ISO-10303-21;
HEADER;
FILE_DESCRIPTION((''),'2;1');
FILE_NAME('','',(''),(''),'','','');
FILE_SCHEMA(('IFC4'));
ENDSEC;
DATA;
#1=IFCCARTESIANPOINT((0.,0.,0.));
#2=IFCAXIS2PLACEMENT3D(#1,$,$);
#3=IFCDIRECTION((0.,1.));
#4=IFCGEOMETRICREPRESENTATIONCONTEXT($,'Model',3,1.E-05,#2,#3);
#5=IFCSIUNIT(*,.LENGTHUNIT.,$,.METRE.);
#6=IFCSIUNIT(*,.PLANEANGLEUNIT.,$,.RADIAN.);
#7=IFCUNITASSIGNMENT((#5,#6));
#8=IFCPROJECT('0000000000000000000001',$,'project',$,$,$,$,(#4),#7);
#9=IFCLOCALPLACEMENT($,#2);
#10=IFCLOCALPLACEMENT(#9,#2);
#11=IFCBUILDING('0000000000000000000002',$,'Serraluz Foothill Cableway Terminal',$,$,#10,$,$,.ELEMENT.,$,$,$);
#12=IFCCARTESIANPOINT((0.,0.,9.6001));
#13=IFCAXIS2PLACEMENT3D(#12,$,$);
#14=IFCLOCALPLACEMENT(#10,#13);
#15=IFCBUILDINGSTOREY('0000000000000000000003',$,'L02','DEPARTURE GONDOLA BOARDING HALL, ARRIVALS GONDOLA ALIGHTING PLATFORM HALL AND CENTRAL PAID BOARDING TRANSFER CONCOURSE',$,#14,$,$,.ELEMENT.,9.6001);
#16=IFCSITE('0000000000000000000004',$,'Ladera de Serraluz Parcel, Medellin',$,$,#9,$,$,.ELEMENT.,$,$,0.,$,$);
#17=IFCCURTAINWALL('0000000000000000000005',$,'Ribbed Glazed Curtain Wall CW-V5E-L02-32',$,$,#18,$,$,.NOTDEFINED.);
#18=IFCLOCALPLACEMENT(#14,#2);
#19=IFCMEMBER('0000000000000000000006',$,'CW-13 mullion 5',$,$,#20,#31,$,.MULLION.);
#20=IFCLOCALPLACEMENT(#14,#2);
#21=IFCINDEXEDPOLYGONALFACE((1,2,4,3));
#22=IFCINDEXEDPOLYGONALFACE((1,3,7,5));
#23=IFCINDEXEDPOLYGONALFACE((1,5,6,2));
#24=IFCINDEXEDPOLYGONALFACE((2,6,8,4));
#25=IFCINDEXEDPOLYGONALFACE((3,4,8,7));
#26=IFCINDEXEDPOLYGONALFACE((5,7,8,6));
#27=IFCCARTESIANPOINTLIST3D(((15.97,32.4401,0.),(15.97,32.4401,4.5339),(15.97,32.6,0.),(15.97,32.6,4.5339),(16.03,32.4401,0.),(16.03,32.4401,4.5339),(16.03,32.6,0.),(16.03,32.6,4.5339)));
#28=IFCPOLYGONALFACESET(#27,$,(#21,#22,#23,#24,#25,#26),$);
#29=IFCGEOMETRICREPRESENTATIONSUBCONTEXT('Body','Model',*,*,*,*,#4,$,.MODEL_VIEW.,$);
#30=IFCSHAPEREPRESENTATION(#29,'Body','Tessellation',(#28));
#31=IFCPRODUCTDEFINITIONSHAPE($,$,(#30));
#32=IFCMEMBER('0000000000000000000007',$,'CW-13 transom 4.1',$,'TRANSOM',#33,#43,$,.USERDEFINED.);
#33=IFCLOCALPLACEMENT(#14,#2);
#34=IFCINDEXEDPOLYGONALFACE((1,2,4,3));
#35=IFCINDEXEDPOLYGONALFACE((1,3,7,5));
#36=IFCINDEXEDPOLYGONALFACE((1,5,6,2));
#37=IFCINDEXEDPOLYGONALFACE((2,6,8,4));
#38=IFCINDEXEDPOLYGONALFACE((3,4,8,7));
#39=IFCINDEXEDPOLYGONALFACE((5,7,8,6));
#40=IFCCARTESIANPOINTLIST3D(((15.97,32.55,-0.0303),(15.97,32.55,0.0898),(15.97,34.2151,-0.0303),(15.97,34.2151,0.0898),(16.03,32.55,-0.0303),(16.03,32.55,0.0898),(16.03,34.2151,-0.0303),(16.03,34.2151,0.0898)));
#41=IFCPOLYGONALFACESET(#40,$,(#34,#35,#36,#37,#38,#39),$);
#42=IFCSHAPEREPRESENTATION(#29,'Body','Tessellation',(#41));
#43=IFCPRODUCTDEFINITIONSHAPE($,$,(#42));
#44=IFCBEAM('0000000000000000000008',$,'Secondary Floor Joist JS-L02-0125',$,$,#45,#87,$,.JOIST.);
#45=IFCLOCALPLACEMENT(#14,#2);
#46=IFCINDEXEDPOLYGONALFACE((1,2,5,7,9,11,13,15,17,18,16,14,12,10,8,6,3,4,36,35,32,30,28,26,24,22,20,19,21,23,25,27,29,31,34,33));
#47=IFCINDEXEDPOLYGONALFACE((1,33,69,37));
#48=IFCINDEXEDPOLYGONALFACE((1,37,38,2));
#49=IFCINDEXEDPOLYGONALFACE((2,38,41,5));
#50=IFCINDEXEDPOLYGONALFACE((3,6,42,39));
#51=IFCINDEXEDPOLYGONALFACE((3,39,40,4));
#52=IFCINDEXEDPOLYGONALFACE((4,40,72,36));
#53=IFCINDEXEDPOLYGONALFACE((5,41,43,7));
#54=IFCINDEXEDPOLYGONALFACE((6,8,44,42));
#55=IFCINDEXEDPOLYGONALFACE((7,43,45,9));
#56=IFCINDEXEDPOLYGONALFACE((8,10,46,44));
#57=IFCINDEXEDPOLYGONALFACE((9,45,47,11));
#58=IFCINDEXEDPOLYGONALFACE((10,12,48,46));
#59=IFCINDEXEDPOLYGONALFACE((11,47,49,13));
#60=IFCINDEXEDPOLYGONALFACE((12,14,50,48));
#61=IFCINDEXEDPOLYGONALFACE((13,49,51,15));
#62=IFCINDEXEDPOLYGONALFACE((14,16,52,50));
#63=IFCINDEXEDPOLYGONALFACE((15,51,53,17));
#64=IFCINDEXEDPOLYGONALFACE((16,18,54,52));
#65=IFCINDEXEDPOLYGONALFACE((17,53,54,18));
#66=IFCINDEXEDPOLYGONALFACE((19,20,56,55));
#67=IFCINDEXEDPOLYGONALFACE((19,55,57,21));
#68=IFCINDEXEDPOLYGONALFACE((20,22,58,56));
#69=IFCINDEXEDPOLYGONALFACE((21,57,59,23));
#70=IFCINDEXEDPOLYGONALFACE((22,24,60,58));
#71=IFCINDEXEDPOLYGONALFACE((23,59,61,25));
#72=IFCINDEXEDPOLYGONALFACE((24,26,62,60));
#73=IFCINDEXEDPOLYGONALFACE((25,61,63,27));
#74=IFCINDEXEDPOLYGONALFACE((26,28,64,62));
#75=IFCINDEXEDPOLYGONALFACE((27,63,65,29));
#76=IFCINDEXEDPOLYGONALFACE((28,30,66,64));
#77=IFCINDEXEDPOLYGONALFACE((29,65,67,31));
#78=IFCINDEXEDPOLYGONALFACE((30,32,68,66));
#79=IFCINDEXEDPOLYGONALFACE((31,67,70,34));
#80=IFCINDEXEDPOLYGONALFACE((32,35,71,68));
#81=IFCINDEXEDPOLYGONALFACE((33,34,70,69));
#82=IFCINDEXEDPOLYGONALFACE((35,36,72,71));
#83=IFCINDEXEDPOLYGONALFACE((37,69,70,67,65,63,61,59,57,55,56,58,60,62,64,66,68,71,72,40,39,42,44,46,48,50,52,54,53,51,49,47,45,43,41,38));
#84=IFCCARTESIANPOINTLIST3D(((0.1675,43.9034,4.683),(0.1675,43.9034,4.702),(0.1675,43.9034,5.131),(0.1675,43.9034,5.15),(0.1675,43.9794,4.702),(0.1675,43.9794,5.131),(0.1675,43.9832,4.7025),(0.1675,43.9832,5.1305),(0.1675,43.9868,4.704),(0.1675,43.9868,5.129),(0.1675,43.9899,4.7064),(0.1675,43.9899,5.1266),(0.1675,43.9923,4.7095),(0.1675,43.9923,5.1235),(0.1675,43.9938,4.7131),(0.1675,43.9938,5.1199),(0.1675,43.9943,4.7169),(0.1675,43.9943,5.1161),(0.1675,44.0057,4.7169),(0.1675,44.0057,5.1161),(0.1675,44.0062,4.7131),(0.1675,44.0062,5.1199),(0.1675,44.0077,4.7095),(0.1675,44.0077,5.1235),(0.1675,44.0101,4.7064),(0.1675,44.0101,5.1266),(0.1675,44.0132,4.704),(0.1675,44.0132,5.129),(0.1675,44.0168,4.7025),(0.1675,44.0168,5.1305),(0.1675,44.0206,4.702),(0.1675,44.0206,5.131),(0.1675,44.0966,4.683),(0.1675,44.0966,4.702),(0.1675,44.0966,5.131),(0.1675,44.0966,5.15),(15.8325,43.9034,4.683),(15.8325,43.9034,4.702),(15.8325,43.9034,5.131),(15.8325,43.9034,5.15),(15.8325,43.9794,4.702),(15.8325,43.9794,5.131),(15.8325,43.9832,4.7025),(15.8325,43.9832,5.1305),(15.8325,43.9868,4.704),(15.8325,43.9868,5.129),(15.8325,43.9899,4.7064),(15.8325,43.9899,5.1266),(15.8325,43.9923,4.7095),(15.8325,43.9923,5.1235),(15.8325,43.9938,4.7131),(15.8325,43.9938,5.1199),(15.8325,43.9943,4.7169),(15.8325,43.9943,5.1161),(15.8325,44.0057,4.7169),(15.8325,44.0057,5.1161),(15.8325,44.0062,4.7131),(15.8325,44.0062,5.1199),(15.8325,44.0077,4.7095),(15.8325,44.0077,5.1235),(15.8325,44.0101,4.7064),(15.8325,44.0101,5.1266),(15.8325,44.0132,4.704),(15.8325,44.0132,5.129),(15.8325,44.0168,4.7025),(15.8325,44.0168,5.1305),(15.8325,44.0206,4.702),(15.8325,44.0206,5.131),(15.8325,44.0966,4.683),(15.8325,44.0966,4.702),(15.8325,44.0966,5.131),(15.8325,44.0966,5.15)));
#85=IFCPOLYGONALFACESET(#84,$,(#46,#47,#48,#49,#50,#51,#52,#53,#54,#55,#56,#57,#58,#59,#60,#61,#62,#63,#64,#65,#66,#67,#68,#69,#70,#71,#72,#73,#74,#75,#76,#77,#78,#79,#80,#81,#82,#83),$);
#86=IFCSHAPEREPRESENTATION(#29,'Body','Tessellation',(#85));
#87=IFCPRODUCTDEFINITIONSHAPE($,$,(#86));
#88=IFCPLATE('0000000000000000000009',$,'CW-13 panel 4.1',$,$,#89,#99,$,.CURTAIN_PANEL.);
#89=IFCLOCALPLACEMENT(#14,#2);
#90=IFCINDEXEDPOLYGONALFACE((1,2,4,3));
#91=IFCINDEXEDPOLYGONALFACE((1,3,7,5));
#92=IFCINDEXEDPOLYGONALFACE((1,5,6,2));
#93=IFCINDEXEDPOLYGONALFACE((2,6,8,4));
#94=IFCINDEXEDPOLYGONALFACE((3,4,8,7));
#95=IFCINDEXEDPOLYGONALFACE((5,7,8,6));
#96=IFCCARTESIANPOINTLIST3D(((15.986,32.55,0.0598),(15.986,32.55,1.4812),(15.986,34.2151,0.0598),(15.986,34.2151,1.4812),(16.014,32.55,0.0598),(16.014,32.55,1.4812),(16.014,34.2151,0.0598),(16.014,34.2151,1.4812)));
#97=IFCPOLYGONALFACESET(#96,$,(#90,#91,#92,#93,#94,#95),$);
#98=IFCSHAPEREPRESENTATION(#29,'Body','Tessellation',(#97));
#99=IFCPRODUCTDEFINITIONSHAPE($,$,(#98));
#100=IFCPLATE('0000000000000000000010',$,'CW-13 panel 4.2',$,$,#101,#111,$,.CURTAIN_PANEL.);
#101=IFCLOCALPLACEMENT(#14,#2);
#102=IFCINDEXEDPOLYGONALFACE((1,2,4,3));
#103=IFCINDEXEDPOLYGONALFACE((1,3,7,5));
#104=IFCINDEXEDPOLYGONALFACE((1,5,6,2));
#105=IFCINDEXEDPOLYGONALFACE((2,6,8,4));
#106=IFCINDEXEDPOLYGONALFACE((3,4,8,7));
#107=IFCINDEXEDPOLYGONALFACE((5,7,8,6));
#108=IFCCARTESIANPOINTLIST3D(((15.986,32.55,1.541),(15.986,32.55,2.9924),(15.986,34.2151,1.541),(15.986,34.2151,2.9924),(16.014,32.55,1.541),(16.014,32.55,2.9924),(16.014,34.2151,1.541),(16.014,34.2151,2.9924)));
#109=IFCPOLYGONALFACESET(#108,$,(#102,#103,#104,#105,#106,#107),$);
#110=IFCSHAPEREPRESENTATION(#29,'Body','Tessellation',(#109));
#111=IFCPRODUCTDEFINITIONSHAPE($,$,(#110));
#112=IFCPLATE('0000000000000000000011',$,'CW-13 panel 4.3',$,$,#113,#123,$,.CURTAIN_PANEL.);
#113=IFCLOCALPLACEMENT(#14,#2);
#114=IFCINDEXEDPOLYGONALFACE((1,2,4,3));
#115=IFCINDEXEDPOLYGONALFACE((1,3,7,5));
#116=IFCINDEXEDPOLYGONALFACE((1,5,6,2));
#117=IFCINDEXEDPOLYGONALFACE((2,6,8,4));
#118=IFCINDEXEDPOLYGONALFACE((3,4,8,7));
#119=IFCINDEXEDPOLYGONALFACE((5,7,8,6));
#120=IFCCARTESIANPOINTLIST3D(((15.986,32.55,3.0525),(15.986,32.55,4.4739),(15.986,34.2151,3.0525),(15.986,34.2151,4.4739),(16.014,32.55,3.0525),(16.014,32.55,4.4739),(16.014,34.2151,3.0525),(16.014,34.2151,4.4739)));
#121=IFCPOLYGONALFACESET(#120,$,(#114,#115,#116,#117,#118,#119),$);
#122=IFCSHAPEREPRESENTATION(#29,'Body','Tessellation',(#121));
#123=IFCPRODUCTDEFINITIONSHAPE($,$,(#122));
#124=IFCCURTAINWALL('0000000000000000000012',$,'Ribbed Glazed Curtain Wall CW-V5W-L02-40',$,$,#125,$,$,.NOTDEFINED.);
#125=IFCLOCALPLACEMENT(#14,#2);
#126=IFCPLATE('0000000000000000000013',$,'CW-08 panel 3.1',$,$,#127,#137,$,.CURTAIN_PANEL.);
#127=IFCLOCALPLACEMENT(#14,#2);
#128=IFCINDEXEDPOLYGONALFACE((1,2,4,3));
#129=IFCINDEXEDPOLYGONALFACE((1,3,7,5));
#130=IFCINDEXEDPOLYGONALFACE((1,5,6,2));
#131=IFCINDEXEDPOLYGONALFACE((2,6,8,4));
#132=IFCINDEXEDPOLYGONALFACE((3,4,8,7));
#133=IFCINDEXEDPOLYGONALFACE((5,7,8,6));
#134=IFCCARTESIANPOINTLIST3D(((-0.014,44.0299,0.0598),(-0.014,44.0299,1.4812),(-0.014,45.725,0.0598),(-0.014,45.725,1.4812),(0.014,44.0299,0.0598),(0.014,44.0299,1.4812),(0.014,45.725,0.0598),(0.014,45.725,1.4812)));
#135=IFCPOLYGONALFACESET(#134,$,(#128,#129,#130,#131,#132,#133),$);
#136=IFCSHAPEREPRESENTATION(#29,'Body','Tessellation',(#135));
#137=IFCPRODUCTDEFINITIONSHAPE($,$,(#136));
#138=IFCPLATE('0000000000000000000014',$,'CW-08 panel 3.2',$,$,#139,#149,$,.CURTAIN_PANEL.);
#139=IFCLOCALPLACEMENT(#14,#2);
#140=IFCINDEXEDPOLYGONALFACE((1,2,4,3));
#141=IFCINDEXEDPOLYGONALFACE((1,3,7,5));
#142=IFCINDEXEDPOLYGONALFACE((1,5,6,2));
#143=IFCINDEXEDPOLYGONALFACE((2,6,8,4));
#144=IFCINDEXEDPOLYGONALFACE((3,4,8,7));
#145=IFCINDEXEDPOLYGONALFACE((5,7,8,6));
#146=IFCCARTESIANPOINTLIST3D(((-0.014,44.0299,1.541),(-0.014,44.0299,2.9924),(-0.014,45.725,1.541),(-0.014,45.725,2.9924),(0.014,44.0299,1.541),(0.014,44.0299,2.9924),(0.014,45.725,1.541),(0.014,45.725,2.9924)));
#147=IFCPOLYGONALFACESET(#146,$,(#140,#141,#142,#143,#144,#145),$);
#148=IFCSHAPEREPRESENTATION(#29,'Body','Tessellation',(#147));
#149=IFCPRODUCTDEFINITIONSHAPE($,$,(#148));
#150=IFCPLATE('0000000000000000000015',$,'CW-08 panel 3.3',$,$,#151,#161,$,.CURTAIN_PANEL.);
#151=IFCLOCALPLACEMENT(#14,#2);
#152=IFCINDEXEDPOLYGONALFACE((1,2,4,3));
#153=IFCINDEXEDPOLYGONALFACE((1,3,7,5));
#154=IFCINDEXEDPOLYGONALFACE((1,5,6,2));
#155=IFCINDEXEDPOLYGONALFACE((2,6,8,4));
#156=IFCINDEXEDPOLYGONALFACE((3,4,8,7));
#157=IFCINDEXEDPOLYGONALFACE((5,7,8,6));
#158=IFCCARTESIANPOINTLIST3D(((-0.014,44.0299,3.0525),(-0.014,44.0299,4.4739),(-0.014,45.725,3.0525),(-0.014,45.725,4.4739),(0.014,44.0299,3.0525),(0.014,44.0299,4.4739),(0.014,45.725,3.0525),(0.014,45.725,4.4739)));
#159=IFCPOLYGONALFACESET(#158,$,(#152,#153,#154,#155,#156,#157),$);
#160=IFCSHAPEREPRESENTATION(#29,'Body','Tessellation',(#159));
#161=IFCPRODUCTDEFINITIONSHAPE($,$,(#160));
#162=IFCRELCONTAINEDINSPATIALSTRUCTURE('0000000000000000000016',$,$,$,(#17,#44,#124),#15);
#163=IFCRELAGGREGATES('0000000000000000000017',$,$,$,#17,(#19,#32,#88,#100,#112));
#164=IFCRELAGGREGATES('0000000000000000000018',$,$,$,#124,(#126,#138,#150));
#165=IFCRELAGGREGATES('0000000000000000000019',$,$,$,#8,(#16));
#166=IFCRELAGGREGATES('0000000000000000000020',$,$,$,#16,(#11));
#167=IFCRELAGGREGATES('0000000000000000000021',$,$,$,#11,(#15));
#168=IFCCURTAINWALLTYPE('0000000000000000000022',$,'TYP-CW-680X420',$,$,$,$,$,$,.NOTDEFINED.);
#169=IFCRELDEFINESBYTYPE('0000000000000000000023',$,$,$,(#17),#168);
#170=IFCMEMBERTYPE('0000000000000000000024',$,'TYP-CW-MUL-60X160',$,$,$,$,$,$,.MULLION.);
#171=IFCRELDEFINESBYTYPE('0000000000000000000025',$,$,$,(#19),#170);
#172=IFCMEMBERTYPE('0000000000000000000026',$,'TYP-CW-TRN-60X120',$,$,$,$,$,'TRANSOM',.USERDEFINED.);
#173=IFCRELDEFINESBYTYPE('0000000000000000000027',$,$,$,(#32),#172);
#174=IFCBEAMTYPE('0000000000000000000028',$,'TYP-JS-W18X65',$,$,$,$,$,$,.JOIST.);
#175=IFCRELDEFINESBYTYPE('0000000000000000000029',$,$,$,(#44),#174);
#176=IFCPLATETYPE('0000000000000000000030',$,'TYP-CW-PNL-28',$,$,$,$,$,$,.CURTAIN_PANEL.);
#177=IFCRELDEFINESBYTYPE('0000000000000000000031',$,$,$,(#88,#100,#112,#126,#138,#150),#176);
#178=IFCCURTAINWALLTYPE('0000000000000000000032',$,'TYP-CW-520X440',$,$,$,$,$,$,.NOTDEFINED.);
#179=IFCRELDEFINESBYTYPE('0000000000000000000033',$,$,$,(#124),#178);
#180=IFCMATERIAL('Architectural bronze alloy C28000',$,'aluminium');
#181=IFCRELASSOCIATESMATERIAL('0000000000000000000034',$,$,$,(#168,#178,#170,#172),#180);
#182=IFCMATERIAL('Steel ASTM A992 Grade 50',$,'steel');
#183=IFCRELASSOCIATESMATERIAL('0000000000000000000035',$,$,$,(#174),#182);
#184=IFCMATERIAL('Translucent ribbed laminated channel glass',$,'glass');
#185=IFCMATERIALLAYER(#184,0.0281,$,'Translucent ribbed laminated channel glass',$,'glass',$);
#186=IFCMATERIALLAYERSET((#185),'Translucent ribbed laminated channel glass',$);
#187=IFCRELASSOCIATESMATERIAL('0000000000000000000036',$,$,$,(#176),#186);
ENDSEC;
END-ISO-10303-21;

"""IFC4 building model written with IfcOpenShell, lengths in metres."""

from ifc_helpers import new_model, si_unit, direction, frame, origin, origin_2d, place, context, subcontext, project, spatial, rectangle, i_section, extrude, material, layer, layer_set, material_profile, profile_set, type_object, element, aggregate, save


model = new_model("IFC4")

# Units and contexts
model_context = context("Model", 3, precision=1e-05, world=origin(), true_north=direction((0.0, 1.0)))
body_context = subcontext(model_context, "Body", "Model", "MODEL_VIEW")
ifc_project = project(units=[si_unit("LENGTHUNIT", "METRE"), si_unit("PLANEANGLEUNIT", "RADIAN")], contexts=[model_context])

# Site, building, storey
site_placement = place(None, origin())
site = spatial("IfcSite", under=ifc_project, at=site_placement, Name="Ladera de Serraluz Parcel, Medellin", CompositionType="ELEMENT", RefElevation=0.0)
building_placement = place(site_placement, origin())
building = spatial("IfcBuilding", under=site, at=building_placement, Name="Serraluz Foothill Cableway Terminal", CompositionType="ELEMENT")
storey_placement = place(building_placement, frame((0.0, 0.0, 9.6001)))
storey = spatial("IfcBuildingStorey", under=building, at=storey_placement, Name="L02", Description="DEPARTURE GONDOLA BOARDING HALL, ARRIVALS GONDOLA ALIGHTING PLATFORM HALL AND CENTRAL PAID BOARDING TRANSFER CONCOURSE", CompositionType="ELEMENT", Elevation=9.6001)

# Curtain wall, members
ifc_material_1 = material(Name="Architectural bronze alloy C28000", Category="aluminium")
curtain_wall_type_1 = type_object("IfcCurtainWallType", Name="TYP-CW-680X420", PredefinedType="NOTDEFINED", material=ifc_material_1)
curtain_wall_1_placement = place(storey_placement, origin())
curtain_wall_1 = element("IfcCurtainWall", 1, at=curtain_wall_1_placement, inside=storey, type_object=curtain_wall_type_1, Name="Ribbed Glazed Curtain Wall CW-V5E-L02-32", PredefinedType="NOTDEFINED")
ifc_material_profile_1 = material_profile(ifc_material_1, rectangle(XDim=0.0601, YDim=0.1599, at=origin_2d()), Name="ALU MULLION 60x160")
ifc_profile_set_1 = profile_set([ifc_material_profile_1], Name="Architectural bronze alloy C28000")
member_type_1 = type_object("IfcMemberType", Name="TYP-CW-MUL-60X160", PredefinedType="MULLION", material=ifc_profile_set_1)
member_1_placement = place(storey_placement, frame((16.0, 32.52, 0.0), z_axis=(0.0, 0.0, 1.0), x_axis=(1.0, 0.0, 0.0)))
member_1 = element("IfcMember", 2, at=member_1_placement, type_object=member_type_1, Name="CW-13 mullion 5", PredefinedType="MULLION", context=body_context, shape_type="SweptSolid", body=[
    extrude(rectangle(XDim=0.0601, YDim=0.1599, at=origin_2d()), origin(), (0.0, 0.0, 1.0), 4.5339),
])
ifc_material_profile_2 = material_profile(ifc_material_1, rectangle(XDim=0.0601, YDim=0.1201, at=origin_2d()), Name="ALU TRANSOM 60x120")
ifc_profile_set_2 = profile_set([ifc_material_profile_2], Name="Architectural bronze alloy C28000")
member_type_2 = type_object("IfcMemberType", Name="TYP-CW-TRN-60X120", ElementType="TRANSOM", PredefinedType="USERDEFINED", material=ifc_profile_set_2)
member_2_placement = place(storey_placement, frame((16.0, 34.2151, 0.0298), z_axis=(0.0, -1.0, 0.0), x_axis=(1.0, 0.0, 0.0)))
member_2 = element("IfcMember", 3, at=member_2_placement, type_object=member_type_2, Name="CW-13 transom 4.1", ObjectType="TRANSOM", PredefinedType="USERDEFINED", context=body_context, shape_type="SweptSolid", body=[
    extrude(rectangle(XDim=0.0601, YDim=0.1201, at=origin_2d()), origin(), (0.0, 0.0, 1.0), 1.665),
])

# Beam
ifc_material_2 = material(Name="Steel ASTM A992 Grade 50", Category="steel")
ifc_material_profile_3 = material_profile(ifc_material_2, i_section(OverallWidth=0.1931, OverallDepth=0.467, WebThickness=0.0115, FlangeThickness=0.019, FilletRadius=0.0149, at=origin_2d()), Name="W18X65")
ifc_profile_set_3 = profile_set([ifc_material_profile_3], Name="Steel ASTM A992 Grade 50")
beam_type = type_object("IfcBeamType", Name="TYP-JS-W18X65", PredefinedType="JOIST", material=ifc_profile_set_3)
beam_placement = place(storey_placement, frame((0.1675, 44.0, 4.9165), z_axis=(1.0, 0.0, 0.0), x_axis=(0.0, 1.0, 0.0)))
element("IfcBeam", 4, at=beam_placement, inside=storey, type_object=beam_type, Name="Secondary Floor Joist JS-L02-0125", PredefinedType="JOIST", context=body_context, shape_type="SweptSolid", body=[
    extrude(i_section(OverallWidth=0.1931, OverallDepth=0.467, WebThickness=0.0115, FlangeThickness=0.019, FilletRadius=0.0149, at=origin_2d()), origin(), (0.0, 0.0, 1.0), 15.665),
])

# Plates
ifc_material_3 = material(Name="Translucent ribbed laminated channel glass", Category="glass")
ifc_layer_1 = layer(ifc_material_3, 0.0281, Name="Translucent ribbed laminated channel glass", Category="glass")
ifc_layer_set_1 = layer_set([ifc_layer_1], Name="Translucent ribbed laminated channel glass")
plate_type = type_object("IfcPlateType", Name="TYP-CW-PNL-28", PredefinedType="CURTAIN_PANEL", material=ifc_layer_set_1)
plate_1_placement = place(storey_placement, frame((16.0, 33.3826, 0.0598), z_axis=(0.0, 0.0, 1.0), x_axis=(0.0, -1.0, 0.0)))
plate_1 = element("IfcPlate", 5, at=plate_1_placement, type_object=plate_type, Name="CW-13 panel 4.1", PredefinedType="CURTAIN_PANEL", context=body_context, shape_type="SweptSolid", body=[
    extrude(rectangle(XDim=1.665, YDim=0.0281, at=origin_2d()), origin(), (0.0, 0.0, 1.0), 1.4214),
])
plate_2_placement = place(storey_placement, frame((16.0, 33.3826, 1.541), z_axis=(0.0, 0.0, 1.0), x_axis=(0.0, -1.0, 0.0)))
plate_2 = element("IfcPlate", 6, at=plate_2_placement, type_object=plate_type, Name="CW-13 panel 4.2", PredefinedType="CURTAIN_PANEL", context=body_context, shape_type="SweptSolid", body=[
    extrude(rectangle(XDim=1.665, YDim=0.0281, at=origin_2d()), origin(), (0.0, 0.0, 1.0), 1.4514),
])
plate_3_placement = place(storey_placement, frame((16.0, 33.3826, 3.0525), z_axis=(0.0, 0.0, 1.0), x_axis=(0.0, -1.0, 0.0)))
plate_3 = element("IfcPlate", 7, at=plate_3_placement, type_object=plate_type, Name="CW-13 panel 4.3", PredefinedType="CURTAIN_PANEL", context=body_context, shape_type="SweptSolid", body=[
    extrude(rectangle(XDim=1.665, YDim=0.0281, at=origin_2d()), origin(), (0.0, 0.0, 1.0), 1.4214),
])
aggregate(curtain_wall_1, [member_1, member_2, plate_1, plate_2, plate_3])

# Curtain wall, plates
curtain_wall_type_2 = type_object("IfcCurtainWallType", Name="TYP-CW-520X440", PredefinedType="NOTDEFINED", material=ifc_material_1)
curtain_wall_2_placement = place(storey_placement, origin())
curtain_wall_2 = element("IfcCurtainWall", 8, at=curtain_wall_2_placement, inside=storey, type_object=curtain_wall_type_2, Name="Ribbed Glazed Curtain Wall CW-V5W-L02-40", PredefinedType="NOTDEFINED")
plate_4_placement = place(storey_placement, frame((0.0, 44.8774, 0.0598), z_axis=(0.0, 0.0, 1.0), x_axis=(0.0, 1.0, 0.0)))
plate_4 = element("IfcPlate", 9, at=plate_4_placement, type_object=plate_type, Name="CW-08 panel 3.1", PredefinedType="CURTAIN_PANEL", context=body_context, shape_type="SweptSolid", body=[
    extrude(rectangle(XDim=1.6951, YDim=0.0281, at=origin_2d()), origin(), (0.0, 0.0, 1.0), 1.4214),
])
plate_5_placement = place(storey_placement, frame((0.0, 44.8774, 1.541), z_axis=(0.0, 0.0, 1.0), x_axis=(0.0, 1.0, 0.0)))
plate_5 = element("IfcPlate", 10, at=plate_5_placement, type_object=plate_type, Name="CW-08 panel 3.2", PredefinedType="CURTAIN_PANEL", context=body_context, shape_type="SweptSolid", body=[
    extrude(rectangle(XDim=1.6951, YDim=0.0281, at=origin_2d()), origin(), (0.0, 0.0, 1.0), 1.4514),
])
plate_6_placement = place(storey_placement, frame((0.0, 44.8774, 3.0525), z_axis=(0.0, 0.0, 1.0), x_axis=(0.0, 1.0, 0.0)))
plate_6 = element("IfcPlate", 11, at=plate_6_placement, type_object=plate_type, Name="CW-08 panel 3.3", PredefinedType="CURTAIN_PANEL", context=body_context, shape_type="SweptSolid", body=[
    extrude(rectangle(XDim=1.6951, YDim=0.0281, at=origin_2d()), origin(), (0.0, 0.0, 1.0), 1.4214),
])
aggregate(curtain_wall_2, [plate_4, plate_5, plate_6])

save(model, "model.ifc")
